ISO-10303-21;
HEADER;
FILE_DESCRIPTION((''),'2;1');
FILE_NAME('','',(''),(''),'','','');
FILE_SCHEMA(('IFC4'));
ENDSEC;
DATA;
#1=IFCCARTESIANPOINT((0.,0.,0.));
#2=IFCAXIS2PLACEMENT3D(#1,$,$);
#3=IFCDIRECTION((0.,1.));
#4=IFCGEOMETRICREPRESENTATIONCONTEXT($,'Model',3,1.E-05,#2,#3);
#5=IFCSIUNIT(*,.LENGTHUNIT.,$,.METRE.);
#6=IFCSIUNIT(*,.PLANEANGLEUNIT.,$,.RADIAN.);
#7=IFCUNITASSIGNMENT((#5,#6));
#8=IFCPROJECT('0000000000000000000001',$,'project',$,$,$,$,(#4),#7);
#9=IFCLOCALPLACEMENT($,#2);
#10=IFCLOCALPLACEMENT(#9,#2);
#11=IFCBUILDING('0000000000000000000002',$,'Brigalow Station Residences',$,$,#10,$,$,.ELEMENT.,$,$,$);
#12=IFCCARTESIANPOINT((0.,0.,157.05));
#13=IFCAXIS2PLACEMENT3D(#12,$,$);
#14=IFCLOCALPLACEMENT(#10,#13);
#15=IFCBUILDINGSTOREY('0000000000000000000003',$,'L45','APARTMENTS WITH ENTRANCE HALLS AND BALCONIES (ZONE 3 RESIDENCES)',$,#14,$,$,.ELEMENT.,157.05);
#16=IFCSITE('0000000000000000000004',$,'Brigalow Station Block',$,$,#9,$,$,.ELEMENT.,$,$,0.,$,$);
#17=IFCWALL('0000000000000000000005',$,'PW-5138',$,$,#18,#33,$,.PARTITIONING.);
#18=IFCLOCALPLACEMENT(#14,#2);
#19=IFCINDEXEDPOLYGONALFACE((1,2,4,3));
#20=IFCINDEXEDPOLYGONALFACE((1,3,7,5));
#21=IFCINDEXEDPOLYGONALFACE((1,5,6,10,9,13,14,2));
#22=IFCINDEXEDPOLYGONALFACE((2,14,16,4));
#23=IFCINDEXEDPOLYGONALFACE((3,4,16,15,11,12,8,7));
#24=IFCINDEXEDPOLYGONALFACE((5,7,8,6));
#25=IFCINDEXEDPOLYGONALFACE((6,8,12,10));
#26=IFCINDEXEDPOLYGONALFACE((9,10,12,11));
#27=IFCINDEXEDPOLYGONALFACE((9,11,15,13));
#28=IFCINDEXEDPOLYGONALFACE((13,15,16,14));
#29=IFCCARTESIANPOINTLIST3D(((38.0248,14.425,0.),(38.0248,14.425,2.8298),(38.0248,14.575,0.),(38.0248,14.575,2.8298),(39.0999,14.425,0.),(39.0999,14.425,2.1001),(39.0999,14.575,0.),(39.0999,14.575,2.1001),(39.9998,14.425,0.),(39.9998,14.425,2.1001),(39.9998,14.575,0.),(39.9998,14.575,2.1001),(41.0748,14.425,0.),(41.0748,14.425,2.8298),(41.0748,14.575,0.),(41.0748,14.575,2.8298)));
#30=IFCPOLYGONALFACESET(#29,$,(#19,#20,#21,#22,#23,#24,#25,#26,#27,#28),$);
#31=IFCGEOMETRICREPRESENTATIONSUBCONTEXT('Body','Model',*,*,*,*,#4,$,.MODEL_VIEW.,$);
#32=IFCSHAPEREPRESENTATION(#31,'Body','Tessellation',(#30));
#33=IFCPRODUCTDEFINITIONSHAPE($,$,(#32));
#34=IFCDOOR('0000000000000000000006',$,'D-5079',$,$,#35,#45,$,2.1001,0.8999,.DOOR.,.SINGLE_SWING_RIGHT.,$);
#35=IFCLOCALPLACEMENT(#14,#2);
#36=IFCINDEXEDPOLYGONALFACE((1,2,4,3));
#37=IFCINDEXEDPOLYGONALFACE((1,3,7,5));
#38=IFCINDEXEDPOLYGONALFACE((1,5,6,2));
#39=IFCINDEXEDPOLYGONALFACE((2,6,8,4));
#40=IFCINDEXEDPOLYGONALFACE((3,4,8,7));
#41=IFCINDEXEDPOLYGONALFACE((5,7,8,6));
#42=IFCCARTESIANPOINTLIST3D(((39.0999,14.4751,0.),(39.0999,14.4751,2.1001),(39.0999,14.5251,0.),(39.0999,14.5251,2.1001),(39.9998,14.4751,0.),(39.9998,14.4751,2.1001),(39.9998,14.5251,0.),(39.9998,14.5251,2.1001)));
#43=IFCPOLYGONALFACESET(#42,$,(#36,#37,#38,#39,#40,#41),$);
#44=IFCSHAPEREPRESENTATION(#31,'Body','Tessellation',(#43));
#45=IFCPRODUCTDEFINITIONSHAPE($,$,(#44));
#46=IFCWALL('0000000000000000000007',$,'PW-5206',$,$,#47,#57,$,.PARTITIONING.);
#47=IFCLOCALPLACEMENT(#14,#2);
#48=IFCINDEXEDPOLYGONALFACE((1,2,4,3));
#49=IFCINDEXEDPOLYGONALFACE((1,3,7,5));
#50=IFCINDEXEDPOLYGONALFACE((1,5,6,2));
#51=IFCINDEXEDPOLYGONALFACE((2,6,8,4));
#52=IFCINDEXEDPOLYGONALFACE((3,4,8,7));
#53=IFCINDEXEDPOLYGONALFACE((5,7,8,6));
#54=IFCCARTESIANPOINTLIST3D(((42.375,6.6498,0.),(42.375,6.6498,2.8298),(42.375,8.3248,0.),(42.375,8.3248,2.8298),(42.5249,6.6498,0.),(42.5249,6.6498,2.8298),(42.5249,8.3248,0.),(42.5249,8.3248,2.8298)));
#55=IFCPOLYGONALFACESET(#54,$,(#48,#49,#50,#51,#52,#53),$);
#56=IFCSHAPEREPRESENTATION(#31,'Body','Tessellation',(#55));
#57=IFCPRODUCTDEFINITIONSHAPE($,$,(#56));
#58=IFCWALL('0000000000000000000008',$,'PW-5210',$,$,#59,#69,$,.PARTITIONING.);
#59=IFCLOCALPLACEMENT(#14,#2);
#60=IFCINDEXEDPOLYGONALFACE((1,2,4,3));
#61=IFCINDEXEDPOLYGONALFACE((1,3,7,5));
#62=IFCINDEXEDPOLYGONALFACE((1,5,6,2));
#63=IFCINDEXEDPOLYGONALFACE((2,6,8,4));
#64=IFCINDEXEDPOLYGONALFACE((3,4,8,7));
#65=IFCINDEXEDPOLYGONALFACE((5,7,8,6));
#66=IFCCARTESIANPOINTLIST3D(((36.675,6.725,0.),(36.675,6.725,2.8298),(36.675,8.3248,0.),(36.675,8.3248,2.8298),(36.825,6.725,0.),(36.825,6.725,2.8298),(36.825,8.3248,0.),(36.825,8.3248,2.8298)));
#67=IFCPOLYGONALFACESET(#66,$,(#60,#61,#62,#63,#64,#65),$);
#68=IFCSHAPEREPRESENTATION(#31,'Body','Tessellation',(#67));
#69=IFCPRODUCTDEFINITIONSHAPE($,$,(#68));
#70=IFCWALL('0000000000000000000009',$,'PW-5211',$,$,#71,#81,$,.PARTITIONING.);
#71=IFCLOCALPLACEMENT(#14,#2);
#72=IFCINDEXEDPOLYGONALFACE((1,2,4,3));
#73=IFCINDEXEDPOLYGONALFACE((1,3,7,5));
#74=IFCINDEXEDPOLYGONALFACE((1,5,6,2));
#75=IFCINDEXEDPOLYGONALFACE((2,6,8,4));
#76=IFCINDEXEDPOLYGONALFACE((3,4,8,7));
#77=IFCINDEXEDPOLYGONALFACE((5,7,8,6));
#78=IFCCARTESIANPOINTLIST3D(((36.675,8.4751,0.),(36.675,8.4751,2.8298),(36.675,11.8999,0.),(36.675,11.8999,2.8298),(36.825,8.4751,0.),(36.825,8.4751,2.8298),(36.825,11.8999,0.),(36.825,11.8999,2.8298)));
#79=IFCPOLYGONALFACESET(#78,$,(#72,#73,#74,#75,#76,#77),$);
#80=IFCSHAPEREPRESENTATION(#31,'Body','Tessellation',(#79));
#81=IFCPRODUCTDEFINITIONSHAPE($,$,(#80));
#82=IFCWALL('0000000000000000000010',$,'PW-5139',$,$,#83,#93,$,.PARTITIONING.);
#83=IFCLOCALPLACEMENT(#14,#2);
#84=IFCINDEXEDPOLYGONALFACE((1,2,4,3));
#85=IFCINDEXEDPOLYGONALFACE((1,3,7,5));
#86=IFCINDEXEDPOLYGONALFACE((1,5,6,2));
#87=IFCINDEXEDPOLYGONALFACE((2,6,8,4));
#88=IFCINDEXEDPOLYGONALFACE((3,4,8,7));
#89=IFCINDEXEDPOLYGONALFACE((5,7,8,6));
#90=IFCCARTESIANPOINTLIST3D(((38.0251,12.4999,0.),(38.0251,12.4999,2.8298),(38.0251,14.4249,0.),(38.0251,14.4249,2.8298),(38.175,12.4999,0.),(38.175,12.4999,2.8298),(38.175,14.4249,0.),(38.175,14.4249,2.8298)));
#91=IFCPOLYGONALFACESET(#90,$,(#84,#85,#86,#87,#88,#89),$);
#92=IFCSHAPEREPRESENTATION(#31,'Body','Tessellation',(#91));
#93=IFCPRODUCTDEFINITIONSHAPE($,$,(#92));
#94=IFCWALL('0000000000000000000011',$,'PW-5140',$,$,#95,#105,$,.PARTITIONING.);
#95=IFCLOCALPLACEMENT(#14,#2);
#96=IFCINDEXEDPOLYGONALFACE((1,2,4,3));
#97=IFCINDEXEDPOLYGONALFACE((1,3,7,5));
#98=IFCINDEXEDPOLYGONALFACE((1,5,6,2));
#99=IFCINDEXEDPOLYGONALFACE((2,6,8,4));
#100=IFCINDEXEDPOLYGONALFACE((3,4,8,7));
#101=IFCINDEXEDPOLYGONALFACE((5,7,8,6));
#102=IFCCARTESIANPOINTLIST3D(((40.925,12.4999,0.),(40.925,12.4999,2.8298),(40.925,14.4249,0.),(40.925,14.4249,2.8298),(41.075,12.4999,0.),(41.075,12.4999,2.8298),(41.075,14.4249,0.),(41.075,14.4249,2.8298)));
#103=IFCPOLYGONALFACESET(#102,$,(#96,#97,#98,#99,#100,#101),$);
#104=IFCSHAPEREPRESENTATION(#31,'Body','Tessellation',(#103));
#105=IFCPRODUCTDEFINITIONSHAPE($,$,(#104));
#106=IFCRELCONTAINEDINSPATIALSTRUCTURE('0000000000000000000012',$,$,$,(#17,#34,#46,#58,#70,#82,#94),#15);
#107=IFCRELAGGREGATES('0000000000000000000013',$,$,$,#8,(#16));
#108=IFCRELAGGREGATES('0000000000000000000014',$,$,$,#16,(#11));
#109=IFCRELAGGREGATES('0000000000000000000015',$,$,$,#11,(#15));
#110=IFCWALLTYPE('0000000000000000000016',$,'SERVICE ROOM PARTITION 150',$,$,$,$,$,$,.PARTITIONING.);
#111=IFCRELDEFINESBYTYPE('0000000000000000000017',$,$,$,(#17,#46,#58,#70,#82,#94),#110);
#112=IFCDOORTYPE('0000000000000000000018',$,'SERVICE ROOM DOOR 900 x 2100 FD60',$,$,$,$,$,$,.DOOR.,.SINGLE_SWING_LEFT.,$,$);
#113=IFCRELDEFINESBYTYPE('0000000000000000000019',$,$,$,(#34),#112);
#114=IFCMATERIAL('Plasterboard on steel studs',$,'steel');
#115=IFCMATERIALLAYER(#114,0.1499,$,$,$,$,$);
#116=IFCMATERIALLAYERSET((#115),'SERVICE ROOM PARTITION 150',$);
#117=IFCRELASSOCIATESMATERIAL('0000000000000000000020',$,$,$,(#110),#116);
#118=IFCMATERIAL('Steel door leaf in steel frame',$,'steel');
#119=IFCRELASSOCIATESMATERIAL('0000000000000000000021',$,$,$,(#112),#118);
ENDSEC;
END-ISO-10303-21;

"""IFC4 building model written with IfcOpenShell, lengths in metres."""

from ifc_helpers import new_model, si_unit, direction, frame, frame_2d, origin, place, context, subcontext, project, spatial, rectangle, extrude, material, layer, layer_set, type_object, element, fill, save


model = new_model("IFC4")

# Units and contexts
model_context = context("Model", 3, precision=1e-05, world=origin(), true_north=direction((0.0, 1.0)))
body_context = subcontext(model_context, "Body", "Model", "MODEL_VIEW")
ifc_project = project(units=[si_unit("LENGTHUNIT", "METRE"), si_unit("PLANEANGLEUNIT", "RADIAN")], contexts=[model_context])

# Site, building, storey
site_placement = place(None, origin())
site = spatial("IfcSite", under=ifc_project, at=site_placement, Name="Brigalow Station Block", CompositionType="ELEMENT", RefElevation=0.0)
building_placement = place(site_placement, origin())
building = spatial("IfcBuilding", under=site, at=building_placement, Name="Brigalow Station Residences", CompositionType="ELEMENT")
storey_placement = place(building_placement, frame((0.0, 0.0, 157.05)))
storey = spatial("IfcBuildingStorey", under=building, at=storey_placement, Name="L45", Description="APARTMENTS WITH ENTRANCE HALLS AND BALCONIES (ZONE 3 RESIDENCES)", CompositionType="ELEMENT", Elevation=157.05)

# Shared definitions
ifc_material_1 = material(Name="Plasterboard on steel studs", Category="steel")
ifc_layer_1 = layer(ifc_material_1, 0.1499)
ifc_layer_set_1 = layer_set([ifc_layer_1], Name="SERVICE ROOM PARTITION 150")
wall_type_1 = type_object("IfcWallType", Name="SERVICE ROOM PARTITION 150", PredefinedType="PARTITIONING", material=ifc_layer_set_1)
ifc_material_2 = material(Name="Steel door leaf in steel frame", Category="steel")
door_type_1 = type_object("IfcDoorType", Name="SERVICE ROOM DOOR 900 x 2100 FD60", OperationType="SINGLE_SWING_LEFT", PredefinedType="DOOR", material=ifc_material_2)

# Wall, opening, door
wall_1_placement = place(storey_placement, frame((38.0249, 14.5, 0.0), z_axis=(0.0, 0.0, 1.0), x_axis=(1.0, 0.0, 0.0)))
wall_1 = element("IfcWall", 1, at=wall_1_placement, inside=storey, type_object=wall_type_1, Name="PW-5138", PredefinedType="PARTITIONING", context=body_context, shape_type="SweptSolid", body=[
    extrude(rectangle(XDim=3.05, YDim=0.1499, at=frame_2d((1.5249, 0.0))), origin(), (0.0, 0.0, 1.0), 2.8298),
])
opening_1_placement = place(wall_1_placement, frame((1.075, 0.0, 0.0)))
opening_1 = element("IfcOpeningElement", 2, at=opening_1_placement, cuts=wall_1, PredefinedType="OPENING", context=body_context, shape_type="SweptSolid", body=[
    extrude(rectangle(XDim=0.8999, YDim=2.1001, at=frame_2d((0.45, 1.05))), frame((0.0, 0.085, 0.0), z_axis=(0.0, -1.0, 0.0), x_axis=(1.0, 0.0, 0.0)), (0.0, 0.0, 1.0), 0.1699),
])
door_1_placement = place(opening_1_placement, frame((0.8999, 0.0, 0.0), z_axis=(0.0, 0.0, 1.0), x_axis=(-1.0, 0.0, 0.0)))
door_1 = element("IfcDoor", 3, at=door_1_placement, inside=storey, type_object=door_type_1, Name="D-5079", OperationType="SINGLE_SWING_RIGHT", OverallHeight=2.1001, OverallWidth=0.8999, PredefinedType="DOOR", context=body_context, shape_type="SweptSolid", body=[
    extrude(rectangle(XDim=0.8999, YDim=2.1001, at=frame_2d((0.45, 1.05))), frame((0.0, 0.0249, 0.0), z_axis=(0.0, -1.0, 0.0), x_axis=(1.0, 0.0, 0.0)), (0.0, 0.0, 1.0), 0.05),
])
fill(opening_1, door_1)

# Walls
wall_2_placement = place(storey_placement, frame((42.45, 6.6499, 0.0), z_axis=(0.0, 0.0, 1.0), x_axis=(0.0, 1.0, 0.0)))
element("IfcWall", 4, at=wall_2_placement, inside=storey, type_object=wall_type_1, Name="PW-5206", PredefinedType="PARTITIONING", context=body_context, shape_type="SweptSolid", body=[
    extrude(rectangle(XDim=1.675, YDim=0.1499, at=frame_2d((0.8374, 0.0))), origin(), (0.0, 0.0, 1.0), 2.8298),
])
wall_3_placement = place(storey_placement, frame((36.75, 6.7251, 0.0), z_axis=(0.0, 0.0, 1.0), x_axis=(0.0, 1.0, 0.0)))
element("IfcWall", 5, at=wall_3_placement, inside=storey, type_object=wall_type_1, Name="PW-5210", PredefinedType="PARTITIONING", context=body_context, shape_type="SweptSolid", body=[
    extrude(rectangle(XDim=1.5999, YDim=0.1499, at=frame_2d((0.7998, 0.0))), origin(), (0.0, 0.0, 1.0), 2.8298),
])
wall_4_placement = place(storey_placement, frame((36.75, 8.4751, 0.0), z_axis=(0.0, 0.0, 1.0), x_axis=(0.0, 1.0, 0.0)))
element("IfcWall", 6, at=wall_4_placement, inside=storey, type_object=wall_type_1, Name="PW-5211", PredefinedType="PARTITIONING", context=body_context, shape_type="SweptSolid", body=[
    extrude(rectangle(XDim=3.4248, YDim=0.1499, at=frame_2d((1.7124, 0.0))), origin(), (0.0, 0.0, 1.0), 2.8298),
])
for number, where, z_axis, x_axis, name in (
    (7, (38.1001, 12.5, 0.0), (0.0, 0.0, 1.0), (0.0, 1.0, 0.0), "PW-5139"),
    (8, (41.0, 12.5, 0.0), (0.0, 0.0, 1.0), (0.0, 1.0, 0.0), "PW-5140"),
):
    element("IfcWall", number, at=place(storey_placement, frame(where, z_axis=z_axis, x_axis=x_axis)), inside=storey, type_object=wall_type_1, Name=name, PredefinedType="PARTITIONING", context=body_context, shape_type="SweptSolid", body=[
        extrude(rectangle(XDim=1.925, YDim=0.1499, at=frame_2d((0.9624, 0.0))), origin(), (0.0, 0.0, 1.0), 2.8298),
    ])

save(model, "model.ifc")
